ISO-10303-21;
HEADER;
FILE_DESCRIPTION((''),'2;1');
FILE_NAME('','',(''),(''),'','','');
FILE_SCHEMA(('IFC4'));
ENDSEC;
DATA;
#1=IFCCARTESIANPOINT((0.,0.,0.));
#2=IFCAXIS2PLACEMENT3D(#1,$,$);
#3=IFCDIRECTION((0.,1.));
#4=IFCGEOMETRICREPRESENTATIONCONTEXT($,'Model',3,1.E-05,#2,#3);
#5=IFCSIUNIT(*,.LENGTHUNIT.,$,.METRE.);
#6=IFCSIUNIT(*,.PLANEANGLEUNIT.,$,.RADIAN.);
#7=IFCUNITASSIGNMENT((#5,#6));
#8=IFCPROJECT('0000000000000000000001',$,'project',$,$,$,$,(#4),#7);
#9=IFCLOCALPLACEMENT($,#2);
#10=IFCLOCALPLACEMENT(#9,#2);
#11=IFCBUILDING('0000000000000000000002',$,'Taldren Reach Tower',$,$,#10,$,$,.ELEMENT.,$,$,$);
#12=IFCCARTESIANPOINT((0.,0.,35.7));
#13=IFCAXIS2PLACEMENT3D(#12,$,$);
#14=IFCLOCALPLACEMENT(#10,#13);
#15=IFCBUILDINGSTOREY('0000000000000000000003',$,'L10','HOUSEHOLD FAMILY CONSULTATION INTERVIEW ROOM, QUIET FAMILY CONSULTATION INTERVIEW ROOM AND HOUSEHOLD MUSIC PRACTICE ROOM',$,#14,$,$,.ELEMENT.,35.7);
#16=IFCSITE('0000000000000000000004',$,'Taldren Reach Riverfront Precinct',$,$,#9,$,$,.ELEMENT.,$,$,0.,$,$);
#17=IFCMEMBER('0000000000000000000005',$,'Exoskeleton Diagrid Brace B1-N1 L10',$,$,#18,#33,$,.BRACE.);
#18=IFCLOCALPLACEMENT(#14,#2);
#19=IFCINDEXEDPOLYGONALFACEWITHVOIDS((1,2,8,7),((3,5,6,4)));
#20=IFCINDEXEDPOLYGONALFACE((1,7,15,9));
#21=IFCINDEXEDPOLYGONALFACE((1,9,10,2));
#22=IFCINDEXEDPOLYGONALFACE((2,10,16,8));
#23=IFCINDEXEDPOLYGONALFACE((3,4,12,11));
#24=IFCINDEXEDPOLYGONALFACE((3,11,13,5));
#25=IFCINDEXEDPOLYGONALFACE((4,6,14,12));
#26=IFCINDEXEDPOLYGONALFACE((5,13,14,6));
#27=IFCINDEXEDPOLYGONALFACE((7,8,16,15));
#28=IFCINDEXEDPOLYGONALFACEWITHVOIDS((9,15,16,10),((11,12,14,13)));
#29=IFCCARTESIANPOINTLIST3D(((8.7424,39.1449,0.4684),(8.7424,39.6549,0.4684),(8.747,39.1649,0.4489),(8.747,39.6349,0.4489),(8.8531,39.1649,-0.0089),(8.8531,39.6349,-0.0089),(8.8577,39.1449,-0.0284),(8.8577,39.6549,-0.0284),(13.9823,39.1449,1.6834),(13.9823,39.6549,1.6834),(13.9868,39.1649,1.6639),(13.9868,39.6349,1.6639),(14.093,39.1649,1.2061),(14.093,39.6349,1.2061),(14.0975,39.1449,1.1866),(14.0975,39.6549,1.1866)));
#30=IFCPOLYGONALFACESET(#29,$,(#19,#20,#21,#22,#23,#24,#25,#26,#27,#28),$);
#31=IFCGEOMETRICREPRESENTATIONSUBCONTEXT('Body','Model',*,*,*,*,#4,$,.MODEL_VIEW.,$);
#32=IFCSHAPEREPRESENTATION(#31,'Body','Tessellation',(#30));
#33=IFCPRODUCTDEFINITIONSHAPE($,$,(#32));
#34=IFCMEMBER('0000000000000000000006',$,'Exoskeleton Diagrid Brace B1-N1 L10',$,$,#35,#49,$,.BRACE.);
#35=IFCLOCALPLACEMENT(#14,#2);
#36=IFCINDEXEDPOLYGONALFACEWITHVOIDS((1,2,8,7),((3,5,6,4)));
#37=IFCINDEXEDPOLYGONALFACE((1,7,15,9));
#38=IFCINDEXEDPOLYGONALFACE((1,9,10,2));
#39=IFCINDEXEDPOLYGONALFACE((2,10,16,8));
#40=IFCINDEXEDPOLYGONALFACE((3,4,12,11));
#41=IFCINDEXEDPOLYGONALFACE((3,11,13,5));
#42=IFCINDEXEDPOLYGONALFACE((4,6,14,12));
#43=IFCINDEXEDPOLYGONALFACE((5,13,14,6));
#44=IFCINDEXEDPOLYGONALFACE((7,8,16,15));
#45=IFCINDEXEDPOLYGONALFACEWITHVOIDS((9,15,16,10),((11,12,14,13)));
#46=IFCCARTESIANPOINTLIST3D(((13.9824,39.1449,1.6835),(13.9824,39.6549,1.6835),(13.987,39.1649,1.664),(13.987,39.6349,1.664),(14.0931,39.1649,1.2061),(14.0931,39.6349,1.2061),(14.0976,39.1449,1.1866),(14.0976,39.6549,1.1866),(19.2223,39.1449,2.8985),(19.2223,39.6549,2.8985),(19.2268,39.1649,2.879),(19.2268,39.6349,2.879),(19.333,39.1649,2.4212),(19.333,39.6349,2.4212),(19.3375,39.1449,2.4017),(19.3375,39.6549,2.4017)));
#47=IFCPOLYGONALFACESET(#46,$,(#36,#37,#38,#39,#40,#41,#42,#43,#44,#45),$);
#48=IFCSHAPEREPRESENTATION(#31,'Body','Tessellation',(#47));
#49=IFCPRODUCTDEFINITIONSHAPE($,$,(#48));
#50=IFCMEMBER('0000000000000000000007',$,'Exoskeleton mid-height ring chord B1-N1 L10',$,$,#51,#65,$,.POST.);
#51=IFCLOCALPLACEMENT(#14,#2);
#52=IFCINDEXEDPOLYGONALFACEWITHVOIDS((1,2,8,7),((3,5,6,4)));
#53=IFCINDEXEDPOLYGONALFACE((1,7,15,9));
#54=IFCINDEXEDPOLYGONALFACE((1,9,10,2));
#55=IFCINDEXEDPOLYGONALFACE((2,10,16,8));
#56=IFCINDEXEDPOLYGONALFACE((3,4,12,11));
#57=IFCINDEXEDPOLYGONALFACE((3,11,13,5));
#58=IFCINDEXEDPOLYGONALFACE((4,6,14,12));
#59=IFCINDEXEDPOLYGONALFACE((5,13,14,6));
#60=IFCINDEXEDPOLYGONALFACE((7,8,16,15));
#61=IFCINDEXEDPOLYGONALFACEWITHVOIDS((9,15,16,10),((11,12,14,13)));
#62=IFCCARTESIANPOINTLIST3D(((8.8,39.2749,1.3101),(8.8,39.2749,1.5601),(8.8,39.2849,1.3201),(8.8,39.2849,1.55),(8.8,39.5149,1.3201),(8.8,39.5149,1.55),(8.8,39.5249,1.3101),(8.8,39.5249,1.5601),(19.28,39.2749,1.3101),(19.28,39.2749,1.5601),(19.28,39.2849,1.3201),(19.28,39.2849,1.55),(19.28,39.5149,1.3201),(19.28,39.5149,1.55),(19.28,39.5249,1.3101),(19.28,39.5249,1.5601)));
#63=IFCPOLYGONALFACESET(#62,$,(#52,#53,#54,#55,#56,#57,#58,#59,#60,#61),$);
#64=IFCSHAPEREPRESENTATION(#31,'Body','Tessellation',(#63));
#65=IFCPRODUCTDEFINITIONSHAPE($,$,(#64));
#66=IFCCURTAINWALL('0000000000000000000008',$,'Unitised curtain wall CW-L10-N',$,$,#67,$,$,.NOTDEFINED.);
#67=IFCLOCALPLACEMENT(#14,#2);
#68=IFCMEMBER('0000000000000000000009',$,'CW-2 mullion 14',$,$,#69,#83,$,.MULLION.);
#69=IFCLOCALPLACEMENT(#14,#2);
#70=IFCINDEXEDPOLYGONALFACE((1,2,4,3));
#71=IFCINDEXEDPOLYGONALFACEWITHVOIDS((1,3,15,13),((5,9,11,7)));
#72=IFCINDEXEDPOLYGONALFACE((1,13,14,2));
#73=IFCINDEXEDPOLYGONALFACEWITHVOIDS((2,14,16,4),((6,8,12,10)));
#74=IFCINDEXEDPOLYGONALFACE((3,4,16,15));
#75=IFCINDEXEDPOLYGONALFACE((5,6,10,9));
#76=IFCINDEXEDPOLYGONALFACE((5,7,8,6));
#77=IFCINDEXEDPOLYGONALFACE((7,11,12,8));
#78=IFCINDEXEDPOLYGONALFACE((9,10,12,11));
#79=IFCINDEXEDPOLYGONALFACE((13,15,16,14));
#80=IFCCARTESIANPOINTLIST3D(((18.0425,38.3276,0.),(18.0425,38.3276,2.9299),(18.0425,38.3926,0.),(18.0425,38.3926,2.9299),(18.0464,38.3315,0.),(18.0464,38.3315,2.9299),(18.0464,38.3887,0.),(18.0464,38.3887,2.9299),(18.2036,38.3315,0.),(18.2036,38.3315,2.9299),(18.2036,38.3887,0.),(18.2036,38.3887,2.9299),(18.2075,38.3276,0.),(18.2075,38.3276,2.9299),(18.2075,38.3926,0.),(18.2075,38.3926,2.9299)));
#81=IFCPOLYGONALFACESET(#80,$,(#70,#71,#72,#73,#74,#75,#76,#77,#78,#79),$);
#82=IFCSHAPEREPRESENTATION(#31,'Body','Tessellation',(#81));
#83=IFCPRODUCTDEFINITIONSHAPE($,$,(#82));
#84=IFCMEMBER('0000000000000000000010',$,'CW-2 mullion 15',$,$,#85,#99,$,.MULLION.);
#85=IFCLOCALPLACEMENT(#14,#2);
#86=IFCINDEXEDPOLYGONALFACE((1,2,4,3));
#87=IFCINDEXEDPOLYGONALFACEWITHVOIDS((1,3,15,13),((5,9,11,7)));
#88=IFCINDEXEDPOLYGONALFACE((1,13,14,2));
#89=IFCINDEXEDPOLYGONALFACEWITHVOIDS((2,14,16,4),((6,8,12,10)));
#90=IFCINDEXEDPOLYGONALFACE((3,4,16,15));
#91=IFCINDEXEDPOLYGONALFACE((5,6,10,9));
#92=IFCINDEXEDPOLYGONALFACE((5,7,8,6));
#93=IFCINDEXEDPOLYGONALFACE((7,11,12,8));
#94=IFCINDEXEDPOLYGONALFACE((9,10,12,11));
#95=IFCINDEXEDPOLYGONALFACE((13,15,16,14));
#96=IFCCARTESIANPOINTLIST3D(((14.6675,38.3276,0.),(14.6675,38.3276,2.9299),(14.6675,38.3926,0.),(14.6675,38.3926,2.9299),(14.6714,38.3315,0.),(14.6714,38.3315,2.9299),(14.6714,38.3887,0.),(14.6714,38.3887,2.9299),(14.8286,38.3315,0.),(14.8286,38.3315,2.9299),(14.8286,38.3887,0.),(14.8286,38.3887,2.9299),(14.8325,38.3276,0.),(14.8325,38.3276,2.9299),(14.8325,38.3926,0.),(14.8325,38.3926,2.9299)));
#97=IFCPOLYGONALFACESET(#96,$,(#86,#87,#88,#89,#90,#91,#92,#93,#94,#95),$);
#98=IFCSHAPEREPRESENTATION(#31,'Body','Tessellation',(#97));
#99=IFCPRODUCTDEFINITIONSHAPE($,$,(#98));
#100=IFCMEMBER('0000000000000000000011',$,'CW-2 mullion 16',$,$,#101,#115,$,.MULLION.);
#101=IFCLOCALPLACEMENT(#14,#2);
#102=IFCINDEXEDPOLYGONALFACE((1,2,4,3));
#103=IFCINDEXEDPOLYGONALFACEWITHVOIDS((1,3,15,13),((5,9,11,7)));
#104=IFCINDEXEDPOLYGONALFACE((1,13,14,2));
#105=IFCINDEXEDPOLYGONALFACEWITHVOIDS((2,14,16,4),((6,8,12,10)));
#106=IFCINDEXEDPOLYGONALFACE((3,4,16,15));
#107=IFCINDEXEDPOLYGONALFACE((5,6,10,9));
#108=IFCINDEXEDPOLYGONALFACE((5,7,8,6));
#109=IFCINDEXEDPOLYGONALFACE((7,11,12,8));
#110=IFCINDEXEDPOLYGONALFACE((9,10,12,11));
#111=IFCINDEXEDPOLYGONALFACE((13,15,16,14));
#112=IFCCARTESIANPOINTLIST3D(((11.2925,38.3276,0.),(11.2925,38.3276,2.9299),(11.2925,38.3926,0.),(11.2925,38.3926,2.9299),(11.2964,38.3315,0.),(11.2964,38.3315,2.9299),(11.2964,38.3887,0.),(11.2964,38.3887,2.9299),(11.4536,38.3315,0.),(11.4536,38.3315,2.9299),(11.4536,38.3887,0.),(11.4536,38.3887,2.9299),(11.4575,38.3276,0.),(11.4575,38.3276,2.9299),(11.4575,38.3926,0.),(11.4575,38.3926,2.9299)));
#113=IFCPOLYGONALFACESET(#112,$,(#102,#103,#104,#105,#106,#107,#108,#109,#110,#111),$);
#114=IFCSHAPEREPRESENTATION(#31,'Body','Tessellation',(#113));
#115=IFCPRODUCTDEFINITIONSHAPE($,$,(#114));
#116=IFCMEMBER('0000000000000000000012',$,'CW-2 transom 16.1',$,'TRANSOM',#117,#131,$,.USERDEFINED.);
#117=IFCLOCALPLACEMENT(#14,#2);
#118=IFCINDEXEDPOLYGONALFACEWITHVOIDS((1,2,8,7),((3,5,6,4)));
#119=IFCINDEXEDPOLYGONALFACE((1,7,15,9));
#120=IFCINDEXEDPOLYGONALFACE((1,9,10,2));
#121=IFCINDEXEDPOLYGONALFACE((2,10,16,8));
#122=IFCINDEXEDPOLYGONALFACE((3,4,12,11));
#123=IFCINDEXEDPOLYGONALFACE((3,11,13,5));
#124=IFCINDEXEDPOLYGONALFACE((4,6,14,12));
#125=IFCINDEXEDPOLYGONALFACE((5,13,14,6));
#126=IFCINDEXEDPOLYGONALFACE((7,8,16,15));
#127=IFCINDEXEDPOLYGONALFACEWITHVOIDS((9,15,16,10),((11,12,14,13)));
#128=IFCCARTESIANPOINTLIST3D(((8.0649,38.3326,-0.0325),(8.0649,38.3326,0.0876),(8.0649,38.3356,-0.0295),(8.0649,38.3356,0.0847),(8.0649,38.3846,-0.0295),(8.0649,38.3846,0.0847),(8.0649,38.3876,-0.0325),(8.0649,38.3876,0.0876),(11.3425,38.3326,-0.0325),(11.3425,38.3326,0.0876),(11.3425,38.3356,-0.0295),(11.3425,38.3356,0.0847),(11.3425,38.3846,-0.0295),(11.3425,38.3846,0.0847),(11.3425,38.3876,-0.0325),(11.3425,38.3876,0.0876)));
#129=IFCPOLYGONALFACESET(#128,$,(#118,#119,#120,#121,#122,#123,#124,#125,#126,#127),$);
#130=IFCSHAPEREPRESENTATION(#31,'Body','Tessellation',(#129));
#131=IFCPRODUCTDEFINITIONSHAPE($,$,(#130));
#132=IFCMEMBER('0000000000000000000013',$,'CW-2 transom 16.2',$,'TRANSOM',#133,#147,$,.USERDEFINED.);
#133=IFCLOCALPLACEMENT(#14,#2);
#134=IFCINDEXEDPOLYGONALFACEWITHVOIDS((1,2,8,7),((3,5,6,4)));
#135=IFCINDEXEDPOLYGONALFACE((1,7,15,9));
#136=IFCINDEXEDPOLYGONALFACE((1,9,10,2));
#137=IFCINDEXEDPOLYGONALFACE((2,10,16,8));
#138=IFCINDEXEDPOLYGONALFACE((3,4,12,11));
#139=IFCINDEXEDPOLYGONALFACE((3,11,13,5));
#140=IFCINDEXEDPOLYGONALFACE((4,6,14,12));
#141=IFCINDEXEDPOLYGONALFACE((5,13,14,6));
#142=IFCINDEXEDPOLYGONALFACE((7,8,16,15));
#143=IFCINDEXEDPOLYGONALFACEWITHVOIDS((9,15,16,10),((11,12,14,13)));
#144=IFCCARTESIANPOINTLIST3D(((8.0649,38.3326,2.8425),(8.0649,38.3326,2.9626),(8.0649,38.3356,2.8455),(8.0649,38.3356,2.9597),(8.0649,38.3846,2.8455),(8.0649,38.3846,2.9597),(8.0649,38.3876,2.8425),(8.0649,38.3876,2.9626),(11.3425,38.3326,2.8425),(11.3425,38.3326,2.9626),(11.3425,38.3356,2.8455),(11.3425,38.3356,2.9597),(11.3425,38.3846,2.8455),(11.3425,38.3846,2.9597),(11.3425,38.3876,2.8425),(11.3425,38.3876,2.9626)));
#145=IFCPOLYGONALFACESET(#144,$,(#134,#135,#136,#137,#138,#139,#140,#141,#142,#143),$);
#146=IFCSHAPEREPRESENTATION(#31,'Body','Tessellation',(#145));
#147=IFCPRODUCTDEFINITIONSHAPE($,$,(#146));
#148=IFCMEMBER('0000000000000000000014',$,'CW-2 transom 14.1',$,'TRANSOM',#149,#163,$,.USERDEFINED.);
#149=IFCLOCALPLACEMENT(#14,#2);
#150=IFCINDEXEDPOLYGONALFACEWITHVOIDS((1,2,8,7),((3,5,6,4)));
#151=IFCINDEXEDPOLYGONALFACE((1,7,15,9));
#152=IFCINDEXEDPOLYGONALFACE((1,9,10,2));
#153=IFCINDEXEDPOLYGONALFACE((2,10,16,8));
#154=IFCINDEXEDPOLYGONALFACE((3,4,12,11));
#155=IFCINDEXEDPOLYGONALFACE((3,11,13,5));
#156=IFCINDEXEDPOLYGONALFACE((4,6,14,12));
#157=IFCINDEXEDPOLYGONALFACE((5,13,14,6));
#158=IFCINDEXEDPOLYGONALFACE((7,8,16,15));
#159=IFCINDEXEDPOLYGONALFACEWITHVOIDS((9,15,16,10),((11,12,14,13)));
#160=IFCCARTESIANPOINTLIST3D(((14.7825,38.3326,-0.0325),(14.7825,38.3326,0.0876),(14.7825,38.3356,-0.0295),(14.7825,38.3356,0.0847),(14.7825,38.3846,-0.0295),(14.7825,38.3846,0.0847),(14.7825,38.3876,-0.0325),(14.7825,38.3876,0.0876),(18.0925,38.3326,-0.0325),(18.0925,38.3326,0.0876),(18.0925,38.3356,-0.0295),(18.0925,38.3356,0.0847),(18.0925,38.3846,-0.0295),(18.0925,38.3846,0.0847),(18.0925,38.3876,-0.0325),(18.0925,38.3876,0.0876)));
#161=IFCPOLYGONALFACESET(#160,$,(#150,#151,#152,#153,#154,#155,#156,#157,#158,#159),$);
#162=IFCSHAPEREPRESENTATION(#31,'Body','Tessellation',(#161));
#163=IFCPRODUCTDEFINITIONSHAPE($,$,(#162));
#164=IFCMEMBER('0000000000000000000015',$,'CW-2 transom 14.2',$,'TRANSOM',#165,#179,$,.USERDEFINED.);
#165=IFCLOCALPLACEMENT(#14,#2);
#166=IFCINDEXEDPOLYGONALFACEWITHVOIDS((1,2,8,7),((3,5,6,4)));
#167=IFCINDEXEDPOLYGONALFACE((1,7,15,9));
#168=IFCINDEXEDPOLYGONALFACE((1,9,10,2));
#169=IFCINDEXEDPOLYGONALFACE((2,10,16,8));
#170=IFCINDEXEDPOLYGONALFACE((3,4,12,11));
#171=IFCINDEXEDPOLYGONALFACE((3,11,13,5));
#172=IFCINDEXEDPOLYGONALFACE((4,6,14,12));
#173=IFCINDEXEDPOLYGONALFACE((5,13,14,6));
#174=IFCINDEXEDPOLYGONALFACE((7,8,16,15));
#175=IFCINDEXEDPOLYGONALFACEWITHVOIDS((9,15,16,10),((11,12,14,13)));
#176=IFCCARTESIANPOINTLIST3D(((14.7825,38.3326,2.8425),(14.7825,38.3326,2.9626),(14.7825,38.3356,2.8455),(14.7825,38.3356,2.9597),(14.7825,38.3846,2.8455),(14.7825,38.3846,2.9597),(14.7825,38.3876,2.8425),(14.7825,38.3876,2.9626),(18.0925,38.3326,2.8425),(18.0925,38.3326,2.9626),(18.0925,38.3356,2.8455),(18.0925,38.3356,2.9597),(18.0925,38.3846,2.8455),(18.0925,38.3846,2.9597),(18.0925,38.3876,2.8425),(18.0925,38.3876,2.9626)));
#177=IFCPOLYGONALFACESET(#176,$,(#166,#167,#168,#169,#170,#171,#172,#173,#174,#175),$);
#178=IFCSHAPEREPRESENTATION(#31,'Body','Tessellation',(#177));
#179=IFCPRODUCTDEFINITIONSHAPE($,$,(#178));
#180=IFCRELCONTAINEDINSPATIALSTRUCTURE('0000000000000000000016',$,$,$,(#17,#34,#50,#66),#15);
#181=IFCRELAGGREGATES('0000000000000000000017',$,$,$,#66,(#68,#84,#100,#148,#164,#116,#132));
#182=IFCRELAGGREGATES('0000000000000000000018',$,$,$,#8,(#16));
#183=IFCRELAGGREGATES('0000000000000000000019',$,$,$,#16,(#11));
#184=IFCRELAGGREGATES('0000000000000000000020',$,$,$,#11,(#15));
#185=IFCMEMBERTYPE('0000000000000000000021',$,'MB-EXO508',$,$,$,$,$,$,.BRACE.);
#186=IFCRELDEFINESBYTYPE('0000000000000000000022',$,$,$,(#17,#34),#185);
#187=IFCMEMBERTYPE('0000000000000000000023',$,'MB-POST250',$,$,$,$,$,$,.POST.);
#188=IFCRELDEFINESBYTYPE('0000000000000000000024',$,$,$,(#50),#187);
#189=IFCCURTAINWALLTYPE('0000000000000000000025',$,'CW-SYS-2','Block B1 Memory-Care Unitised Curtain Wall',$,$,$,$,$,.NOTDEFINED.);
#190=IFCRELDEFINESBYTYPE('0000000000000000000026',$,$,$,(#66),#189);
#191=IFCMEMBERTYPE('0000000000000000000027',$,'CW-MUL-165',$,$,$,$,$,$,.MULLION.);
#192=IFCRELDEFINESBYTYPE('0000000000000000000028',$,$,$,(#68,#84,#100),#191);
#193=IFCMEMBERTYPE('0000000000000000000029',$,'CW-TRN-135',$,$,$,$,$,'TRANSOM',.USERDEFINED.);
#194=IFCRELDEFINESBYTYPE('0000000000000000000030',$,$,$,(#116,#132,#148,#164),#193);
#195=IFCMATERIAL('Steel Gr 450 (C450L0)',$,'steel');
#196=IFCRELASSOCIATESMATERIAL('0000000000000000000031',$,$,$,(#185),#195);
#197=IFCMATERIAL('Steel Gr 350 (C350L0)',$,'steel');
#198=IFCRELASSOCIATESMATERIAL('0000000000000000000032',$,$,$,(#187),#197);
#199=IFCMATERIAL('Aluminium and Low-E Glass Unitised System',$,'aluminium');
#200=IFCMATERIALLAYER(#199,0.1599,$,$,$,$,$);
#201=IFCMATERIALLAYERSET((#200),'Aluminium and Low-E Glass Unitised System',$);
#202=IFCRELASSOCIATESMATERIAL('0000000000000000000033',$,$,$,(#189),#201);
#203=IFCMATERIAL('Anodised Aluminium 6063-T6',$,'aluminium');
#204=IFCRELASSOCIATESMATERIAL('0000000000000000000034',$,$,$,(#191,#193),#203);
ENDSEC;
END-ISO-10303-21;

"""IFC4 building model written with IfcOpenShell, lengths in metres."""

from ifc_helpers import new_model, si_unit, direction, frame, origin, origin_2d, place, context, subcontext, project, spatial, hollow_rectangle, extrude, source, transform, mapped, material, layer, layer_set, material_profile, profile_set, type_object, element, aggregate, save


model = new_model("IFC4")

# Units and contexts
model_context = context("Model", 3, precision=1e-05, world=origin(), true_north=direction((0.0, 1.0)))
body_context = subcontext(model_context, "Body", "Model", "MODEL_VIEW")
ifc_project = project(units=[si_unit("LENGTHUNIT", "METRE"), si_unit("PLANEANGLEUNIT", "RADIAN")], contexts=[model_context])

# Site, building, storey
site_placement = place(None, origin())
site = spatial("IfcSite", under=ifc_project, at=site_placement, Name="Taldren Reach Riverfront Precinct", CompositionType="ELEMENT", RefElevation=0.0)
building_placement = place(site_placement, origin())
building = spatial("IfcBuilding", under=site, at=building_placement, Name="Taldren Reach Tower", CompositionType="ELEMENT")
storey_placement = place(building_placement, frame((0.0, 0.0, 35.7)))
storey = spatial("IfcBuildingStorey", under=building, at=storey_placement, Name="L10", Description="HOUSEHOLD FAMILY CONSULTATION INTERVIEW ROOM, QUIET FAMILY CONSULTATION INTERVIEW ROOM AND HOUSEHOLD MUSIC PRACTICE ROOM", CompositionType="ELEMENT", Elevation=35.7)

# Members
ifc_material_1 = material(Name="Steel Gr 450 (C450L0)", Category="steel")
ifc_material_profile_1 = material_profile(ifc_material_1, hollow_rectangle(XDim=0.51, YDim=0.51, WallThickness=0.02, at=origin_2d()), Name="510x510x20.0SHS")
ifc_profile_set_1 = profile_set([ifc_material_profile_1], Name="Steel Gr 450 (C450L0)")
member_type_1 = type_object("IfcMemberType", Name="MB-EXO508", PredefinedType="BRACE", material=ifc_profile_set_1)
shared_shape_1 = source(origin(), body_context, "Body", "SweptSolid", [
    extrude(hollow_rectangle(XDim=0.51, YDim=0.51, WallThickness=0.02, at=origin_2d()), origin(), (0.0, 0.0, 1.0), 5.3789),
])
for number, where, z_axis, x_axis, name in (
    (1, (8.8, 39.3999, 0.22), (0.974152, 0.0, 0.225894), (0.0, 1.0, 0.0), "Exoskeleton Diagrid Brace B1-N1 L10"),
    (2, (14.04, 39.3999, 1.4351), (0.974152, 0.0, 0.225894), (0.0, 1.0, 0.0), "Exoskeleton Diagrid Brace B1-N1 L10"),
):
    element("IfcMember", number, at=place(storey_placement, frame(where, z_axis=z_axis, x_axis=x_axis)), inside=storey, type_object=member_type_1, Name=name, PredefinedType="BRACE", context=body_context, shape_type="MappedRepresentation", body=[
        mapped(shared_shape_1, transform((0.0, 0.0, 0.0), scale=1.0)),
    ])
ifc_material_2 = material(Name="Steel Gr 350 (C350L0)", Category="steel")
ifc_material_profile_2 = material_profile(ifc_material_2, hollow_rectangle(XDim=0.25, YDim=0.25, WallThickness=0.01, at=origin_2d()), Name="250x250x10.0SHS")
ifc_profile_set_2 = profile_set([ifc_material_profile_2], Name="Steel Gr 350 (C350L0)")
member_type_2 = type_object("IfcMemberType", Name="MB-POST250", PredefinedType="POST", material=ifc_profile_set_2)
shared_shape_2 = source(origin(), body_context, "Body", "SweptSolid", [
    extrude(hollow_rectangle(XDim=0.25, YDim=0.25, WallThickness=0.01, at=origin_2d()), origin(), (0.0, 0.0, 1.0), 10.48),
])
member_1_placement = place(storey_placement, frame((8.8, 39.3999, 1.4351), z_axis=(1.0, 0.0, 0.0), x_axis=(0.0, 1.0, 0.0)))
element("IfcMember", 3, at=member_1_placement, inside=storey, type_object=member_type_2, Name="Exoskeleton mid-height ring chord B1-N1 L10", PredefinedType="POST", context=body_context, shape_type="MappedRepresentation", body=[
    mapped(shared_shape_2, transform((0.0, 0.0, 0.0), scale=1.0)),
])

# Curtain wall, members
ifc_material_3 = material(Name="Aluminium and Low-E Glass Unitised System", Category="aluminium")
ifc_layer_1 = layer(ifc_material_3, 0.1599)
ifc_layer_set_1 = layer_set([ifc_layer_1], Name="Aluminium and Low-E Glass Unitised System")
curtain_wall_type = type_object("IfcCurtainWallType", Name="CW-SYS-2", Description="Block B1 Memory-Care Unitised Curtain Wall", PredefinedType="NOTDEFINED", material=ifc_layer_set_1)
curtain_wall_placement = place(storey_placement, origin())
curtain_wall = element("IfcCurtainWall", 4, at=curtain_wall_placement, inside=storey, type_object=curtain_wall_type, Name="Unitised curtain wall CW-L10-N", PredefinedType="NOTDEFINED")
ifc_material_4 = material(Name="Anodised Aluminium 6063-T6", Category="aluminium")
ifc_material_profile_3 = material_profile(ifc_material_4, hollow_rectangle(XDim=0.0649, YDim=0.165, WallThickness=0.0039, at=origin_2d()), Name="ALU-165x65x4RHS")
ifc_profile_set_3 = profile_set([ifc_material_profile_3], Name="Anodised Aluminium 6063-T6")
member_type_3 = type_object("IfcMemberType", Name="CW-MUL-165", PredefinedType="MULLION", material=ifc_profile_set_3)
shared_shape_3 = source(origin(), body_context, "Body", "SweptSolid", [
    extrude(hollow_rectangle(XDim=0.0649, YDim=0.165, WallThickness=0.0039, at=origin_2d()), origin(), (0.0, 0.0, 1.0), 2.9299),
])
member_2_placement = place(storey_placement, frame((18.125, 38.3601, 0.0), z_axis=(0.0, 0.0, 1.0), x_axis=(0.0, -1.0, 0.0)))
member_2 = element("IfcMember", 5, at=member_2_placement, type_object=member_type_3, Name="CW-2 mullion 14", PredefinedType="MULLION", context=body_context, shape_type="MappedRepresentation", body=[
    mapped(shared_shape_3, transform((0.0, 0.0, 0.0), scale=1.0)),
])
member_3_placement = place(storey_placement, frame((14.75, 38.3601, 0.0), z_axis=(0.0, 0.0, 1.0), x_axis=(0.0, -1.0, 0.0)))
member_3 = element("IfcMember", 6, at=member_3_placement, type_object=member_type_3, Name="CW-2 mullion 15", PredefinedType="MULLION", context=body_context, shape_type="MappedRepresentation", body=[
    mapped(shared_shape_3, transform((0.0, 0.0, 0.0), scale=1.0)),
])
member_4_placement = place(storey_placement, frame((11.375, 38.3601, 0.0), z_axis=(0.0, 0.0, 1.0), x_axis=(0.0, -1.0, 0.0)))
member_4 = element("IfcMember", 7, at=member_4_placement, type_object=member_type_3, Name="CW-2 mullion 16", PredefinedType="MULLION", context=body_context, shape_type="MappedRepresentation", body=[
    mapped(shared_shape_3, transform((0.0, 0.0, 0.0), scale=1.0)),
])
ifc_material_profile_4 = material_profile(ifc_material_4, hollow_rectangle(XDim=0.0549, YDim=0.1201, WallThickness=0.0029, at=origin_2d()), Name="ALU-120x55x3RHS")
ifc_profile_set_4 = profile_set([ifc_material_profile_4], Name="Anodised Aluminium 6063-T6")
member_type_4 = type_object("IfcMemberType", Name="CW-TRN-135", ElementType="TRANSOM", PredefinedType="USERDEFINED", material=ifc_profile_set_4)
shared_shape_4 = source(origin(), body_context, "Body", "SweptSolid", [
    extrude(hollow_rectangle(XDim=0.0549, YDim=0.1201, WallThickness=0.0029, at=origin_2d()), origin(), (0.0, 0.0, 1.0), 3.2776),
])
member_5_placement = place(storey_placement, frame((11.3425, 38.3601, 0.0276), z_axis=(-1.0, 0.0, 0.0), x_axis=(0.0, -1.0, 0.0)))
member_5 = element("IfcMember", 8, at=member_5_placement, type_object=member_type_4, Name="CW-2 transom 16.1", ObjectType="TRANSOM", PredefinedType="USERDEFINED", context=body_context, shape_type="MappedRepresentation", body=[
    mapped(shared_shape_4, transform((0.0, 0.0, 0.0), scale=1.0)),
])
member_6_placement = place(storey_placement, frame((11.3425, 38.3601, 2.9026), z_axis=(-1.0, 0.0, 0.0), x_axis=(0.0, -1.0, 0.0)))
member_6 = element("IfcMember", 9, at=member_6_placement, type_object=member_type_4, Name="CW-2 transom 16.2", ObjectType="TRANSOM", PredefinedType="USERDEFINED", context=body_context, shape_type="MappedRepresentation", body=[
    mapped(shared_shape_4, transform((0.0, 0.0, 0.0), scale=1.0)),
])
shared_shape_5 = source(origin(), body_context, "Body", "SweptSolid", [
    extrude(hollow_rectangle(XDim=0.0549, YDim=0.1201, WallThickness=0.0029, at=origin_2d()), origin(), (0.0, 0.0, 1.0), 3.3101),
])
member_7_placement = place(storey_placement, frame((18.0925, 38.3601, 0.0276), z_axis=(-1.0, 0.0, 0.0), x_axis=(0.0, -1.0, 0.0)))
member_7 = element("IfcMember", 10, at=member_7_placement, type_object=member_type_4, Name="CW-2 transom 14.1", ObjectType="TRANSOM", PredefinedType="USERDEFINED", context=body_context, shape_type="MappedRepresentation", body=[
    mapped(shared_shape_5, transform((0.0, 0.0, 0.0), scale=1.0)),
])
member_8_placement = place(storey_placement, frame((18.0925, 38.3601, 2.9026), z_axis=(-1.0, 0.0, 0.0), x_axis=(0.0, -1.0, 0.0)))
member_8 = element("IfcMember", 11, at=member_8_placement, type_object=member_type_4, Name="CW-2 transom 14.2", ObjectType="TRANSOM", PredefinedType="USERDEFINED", context=body_context, shape_type="MappedRepresentation", body=[
    mapped(shared_shape_5, transform((0.0, 0.0, 0.0), scale=1.0)),
])
aggregate(curtain_wall, [member_2, member_3, member_4, member_7, member_8, member_5, member_6])

save(model, "model.ifc")
